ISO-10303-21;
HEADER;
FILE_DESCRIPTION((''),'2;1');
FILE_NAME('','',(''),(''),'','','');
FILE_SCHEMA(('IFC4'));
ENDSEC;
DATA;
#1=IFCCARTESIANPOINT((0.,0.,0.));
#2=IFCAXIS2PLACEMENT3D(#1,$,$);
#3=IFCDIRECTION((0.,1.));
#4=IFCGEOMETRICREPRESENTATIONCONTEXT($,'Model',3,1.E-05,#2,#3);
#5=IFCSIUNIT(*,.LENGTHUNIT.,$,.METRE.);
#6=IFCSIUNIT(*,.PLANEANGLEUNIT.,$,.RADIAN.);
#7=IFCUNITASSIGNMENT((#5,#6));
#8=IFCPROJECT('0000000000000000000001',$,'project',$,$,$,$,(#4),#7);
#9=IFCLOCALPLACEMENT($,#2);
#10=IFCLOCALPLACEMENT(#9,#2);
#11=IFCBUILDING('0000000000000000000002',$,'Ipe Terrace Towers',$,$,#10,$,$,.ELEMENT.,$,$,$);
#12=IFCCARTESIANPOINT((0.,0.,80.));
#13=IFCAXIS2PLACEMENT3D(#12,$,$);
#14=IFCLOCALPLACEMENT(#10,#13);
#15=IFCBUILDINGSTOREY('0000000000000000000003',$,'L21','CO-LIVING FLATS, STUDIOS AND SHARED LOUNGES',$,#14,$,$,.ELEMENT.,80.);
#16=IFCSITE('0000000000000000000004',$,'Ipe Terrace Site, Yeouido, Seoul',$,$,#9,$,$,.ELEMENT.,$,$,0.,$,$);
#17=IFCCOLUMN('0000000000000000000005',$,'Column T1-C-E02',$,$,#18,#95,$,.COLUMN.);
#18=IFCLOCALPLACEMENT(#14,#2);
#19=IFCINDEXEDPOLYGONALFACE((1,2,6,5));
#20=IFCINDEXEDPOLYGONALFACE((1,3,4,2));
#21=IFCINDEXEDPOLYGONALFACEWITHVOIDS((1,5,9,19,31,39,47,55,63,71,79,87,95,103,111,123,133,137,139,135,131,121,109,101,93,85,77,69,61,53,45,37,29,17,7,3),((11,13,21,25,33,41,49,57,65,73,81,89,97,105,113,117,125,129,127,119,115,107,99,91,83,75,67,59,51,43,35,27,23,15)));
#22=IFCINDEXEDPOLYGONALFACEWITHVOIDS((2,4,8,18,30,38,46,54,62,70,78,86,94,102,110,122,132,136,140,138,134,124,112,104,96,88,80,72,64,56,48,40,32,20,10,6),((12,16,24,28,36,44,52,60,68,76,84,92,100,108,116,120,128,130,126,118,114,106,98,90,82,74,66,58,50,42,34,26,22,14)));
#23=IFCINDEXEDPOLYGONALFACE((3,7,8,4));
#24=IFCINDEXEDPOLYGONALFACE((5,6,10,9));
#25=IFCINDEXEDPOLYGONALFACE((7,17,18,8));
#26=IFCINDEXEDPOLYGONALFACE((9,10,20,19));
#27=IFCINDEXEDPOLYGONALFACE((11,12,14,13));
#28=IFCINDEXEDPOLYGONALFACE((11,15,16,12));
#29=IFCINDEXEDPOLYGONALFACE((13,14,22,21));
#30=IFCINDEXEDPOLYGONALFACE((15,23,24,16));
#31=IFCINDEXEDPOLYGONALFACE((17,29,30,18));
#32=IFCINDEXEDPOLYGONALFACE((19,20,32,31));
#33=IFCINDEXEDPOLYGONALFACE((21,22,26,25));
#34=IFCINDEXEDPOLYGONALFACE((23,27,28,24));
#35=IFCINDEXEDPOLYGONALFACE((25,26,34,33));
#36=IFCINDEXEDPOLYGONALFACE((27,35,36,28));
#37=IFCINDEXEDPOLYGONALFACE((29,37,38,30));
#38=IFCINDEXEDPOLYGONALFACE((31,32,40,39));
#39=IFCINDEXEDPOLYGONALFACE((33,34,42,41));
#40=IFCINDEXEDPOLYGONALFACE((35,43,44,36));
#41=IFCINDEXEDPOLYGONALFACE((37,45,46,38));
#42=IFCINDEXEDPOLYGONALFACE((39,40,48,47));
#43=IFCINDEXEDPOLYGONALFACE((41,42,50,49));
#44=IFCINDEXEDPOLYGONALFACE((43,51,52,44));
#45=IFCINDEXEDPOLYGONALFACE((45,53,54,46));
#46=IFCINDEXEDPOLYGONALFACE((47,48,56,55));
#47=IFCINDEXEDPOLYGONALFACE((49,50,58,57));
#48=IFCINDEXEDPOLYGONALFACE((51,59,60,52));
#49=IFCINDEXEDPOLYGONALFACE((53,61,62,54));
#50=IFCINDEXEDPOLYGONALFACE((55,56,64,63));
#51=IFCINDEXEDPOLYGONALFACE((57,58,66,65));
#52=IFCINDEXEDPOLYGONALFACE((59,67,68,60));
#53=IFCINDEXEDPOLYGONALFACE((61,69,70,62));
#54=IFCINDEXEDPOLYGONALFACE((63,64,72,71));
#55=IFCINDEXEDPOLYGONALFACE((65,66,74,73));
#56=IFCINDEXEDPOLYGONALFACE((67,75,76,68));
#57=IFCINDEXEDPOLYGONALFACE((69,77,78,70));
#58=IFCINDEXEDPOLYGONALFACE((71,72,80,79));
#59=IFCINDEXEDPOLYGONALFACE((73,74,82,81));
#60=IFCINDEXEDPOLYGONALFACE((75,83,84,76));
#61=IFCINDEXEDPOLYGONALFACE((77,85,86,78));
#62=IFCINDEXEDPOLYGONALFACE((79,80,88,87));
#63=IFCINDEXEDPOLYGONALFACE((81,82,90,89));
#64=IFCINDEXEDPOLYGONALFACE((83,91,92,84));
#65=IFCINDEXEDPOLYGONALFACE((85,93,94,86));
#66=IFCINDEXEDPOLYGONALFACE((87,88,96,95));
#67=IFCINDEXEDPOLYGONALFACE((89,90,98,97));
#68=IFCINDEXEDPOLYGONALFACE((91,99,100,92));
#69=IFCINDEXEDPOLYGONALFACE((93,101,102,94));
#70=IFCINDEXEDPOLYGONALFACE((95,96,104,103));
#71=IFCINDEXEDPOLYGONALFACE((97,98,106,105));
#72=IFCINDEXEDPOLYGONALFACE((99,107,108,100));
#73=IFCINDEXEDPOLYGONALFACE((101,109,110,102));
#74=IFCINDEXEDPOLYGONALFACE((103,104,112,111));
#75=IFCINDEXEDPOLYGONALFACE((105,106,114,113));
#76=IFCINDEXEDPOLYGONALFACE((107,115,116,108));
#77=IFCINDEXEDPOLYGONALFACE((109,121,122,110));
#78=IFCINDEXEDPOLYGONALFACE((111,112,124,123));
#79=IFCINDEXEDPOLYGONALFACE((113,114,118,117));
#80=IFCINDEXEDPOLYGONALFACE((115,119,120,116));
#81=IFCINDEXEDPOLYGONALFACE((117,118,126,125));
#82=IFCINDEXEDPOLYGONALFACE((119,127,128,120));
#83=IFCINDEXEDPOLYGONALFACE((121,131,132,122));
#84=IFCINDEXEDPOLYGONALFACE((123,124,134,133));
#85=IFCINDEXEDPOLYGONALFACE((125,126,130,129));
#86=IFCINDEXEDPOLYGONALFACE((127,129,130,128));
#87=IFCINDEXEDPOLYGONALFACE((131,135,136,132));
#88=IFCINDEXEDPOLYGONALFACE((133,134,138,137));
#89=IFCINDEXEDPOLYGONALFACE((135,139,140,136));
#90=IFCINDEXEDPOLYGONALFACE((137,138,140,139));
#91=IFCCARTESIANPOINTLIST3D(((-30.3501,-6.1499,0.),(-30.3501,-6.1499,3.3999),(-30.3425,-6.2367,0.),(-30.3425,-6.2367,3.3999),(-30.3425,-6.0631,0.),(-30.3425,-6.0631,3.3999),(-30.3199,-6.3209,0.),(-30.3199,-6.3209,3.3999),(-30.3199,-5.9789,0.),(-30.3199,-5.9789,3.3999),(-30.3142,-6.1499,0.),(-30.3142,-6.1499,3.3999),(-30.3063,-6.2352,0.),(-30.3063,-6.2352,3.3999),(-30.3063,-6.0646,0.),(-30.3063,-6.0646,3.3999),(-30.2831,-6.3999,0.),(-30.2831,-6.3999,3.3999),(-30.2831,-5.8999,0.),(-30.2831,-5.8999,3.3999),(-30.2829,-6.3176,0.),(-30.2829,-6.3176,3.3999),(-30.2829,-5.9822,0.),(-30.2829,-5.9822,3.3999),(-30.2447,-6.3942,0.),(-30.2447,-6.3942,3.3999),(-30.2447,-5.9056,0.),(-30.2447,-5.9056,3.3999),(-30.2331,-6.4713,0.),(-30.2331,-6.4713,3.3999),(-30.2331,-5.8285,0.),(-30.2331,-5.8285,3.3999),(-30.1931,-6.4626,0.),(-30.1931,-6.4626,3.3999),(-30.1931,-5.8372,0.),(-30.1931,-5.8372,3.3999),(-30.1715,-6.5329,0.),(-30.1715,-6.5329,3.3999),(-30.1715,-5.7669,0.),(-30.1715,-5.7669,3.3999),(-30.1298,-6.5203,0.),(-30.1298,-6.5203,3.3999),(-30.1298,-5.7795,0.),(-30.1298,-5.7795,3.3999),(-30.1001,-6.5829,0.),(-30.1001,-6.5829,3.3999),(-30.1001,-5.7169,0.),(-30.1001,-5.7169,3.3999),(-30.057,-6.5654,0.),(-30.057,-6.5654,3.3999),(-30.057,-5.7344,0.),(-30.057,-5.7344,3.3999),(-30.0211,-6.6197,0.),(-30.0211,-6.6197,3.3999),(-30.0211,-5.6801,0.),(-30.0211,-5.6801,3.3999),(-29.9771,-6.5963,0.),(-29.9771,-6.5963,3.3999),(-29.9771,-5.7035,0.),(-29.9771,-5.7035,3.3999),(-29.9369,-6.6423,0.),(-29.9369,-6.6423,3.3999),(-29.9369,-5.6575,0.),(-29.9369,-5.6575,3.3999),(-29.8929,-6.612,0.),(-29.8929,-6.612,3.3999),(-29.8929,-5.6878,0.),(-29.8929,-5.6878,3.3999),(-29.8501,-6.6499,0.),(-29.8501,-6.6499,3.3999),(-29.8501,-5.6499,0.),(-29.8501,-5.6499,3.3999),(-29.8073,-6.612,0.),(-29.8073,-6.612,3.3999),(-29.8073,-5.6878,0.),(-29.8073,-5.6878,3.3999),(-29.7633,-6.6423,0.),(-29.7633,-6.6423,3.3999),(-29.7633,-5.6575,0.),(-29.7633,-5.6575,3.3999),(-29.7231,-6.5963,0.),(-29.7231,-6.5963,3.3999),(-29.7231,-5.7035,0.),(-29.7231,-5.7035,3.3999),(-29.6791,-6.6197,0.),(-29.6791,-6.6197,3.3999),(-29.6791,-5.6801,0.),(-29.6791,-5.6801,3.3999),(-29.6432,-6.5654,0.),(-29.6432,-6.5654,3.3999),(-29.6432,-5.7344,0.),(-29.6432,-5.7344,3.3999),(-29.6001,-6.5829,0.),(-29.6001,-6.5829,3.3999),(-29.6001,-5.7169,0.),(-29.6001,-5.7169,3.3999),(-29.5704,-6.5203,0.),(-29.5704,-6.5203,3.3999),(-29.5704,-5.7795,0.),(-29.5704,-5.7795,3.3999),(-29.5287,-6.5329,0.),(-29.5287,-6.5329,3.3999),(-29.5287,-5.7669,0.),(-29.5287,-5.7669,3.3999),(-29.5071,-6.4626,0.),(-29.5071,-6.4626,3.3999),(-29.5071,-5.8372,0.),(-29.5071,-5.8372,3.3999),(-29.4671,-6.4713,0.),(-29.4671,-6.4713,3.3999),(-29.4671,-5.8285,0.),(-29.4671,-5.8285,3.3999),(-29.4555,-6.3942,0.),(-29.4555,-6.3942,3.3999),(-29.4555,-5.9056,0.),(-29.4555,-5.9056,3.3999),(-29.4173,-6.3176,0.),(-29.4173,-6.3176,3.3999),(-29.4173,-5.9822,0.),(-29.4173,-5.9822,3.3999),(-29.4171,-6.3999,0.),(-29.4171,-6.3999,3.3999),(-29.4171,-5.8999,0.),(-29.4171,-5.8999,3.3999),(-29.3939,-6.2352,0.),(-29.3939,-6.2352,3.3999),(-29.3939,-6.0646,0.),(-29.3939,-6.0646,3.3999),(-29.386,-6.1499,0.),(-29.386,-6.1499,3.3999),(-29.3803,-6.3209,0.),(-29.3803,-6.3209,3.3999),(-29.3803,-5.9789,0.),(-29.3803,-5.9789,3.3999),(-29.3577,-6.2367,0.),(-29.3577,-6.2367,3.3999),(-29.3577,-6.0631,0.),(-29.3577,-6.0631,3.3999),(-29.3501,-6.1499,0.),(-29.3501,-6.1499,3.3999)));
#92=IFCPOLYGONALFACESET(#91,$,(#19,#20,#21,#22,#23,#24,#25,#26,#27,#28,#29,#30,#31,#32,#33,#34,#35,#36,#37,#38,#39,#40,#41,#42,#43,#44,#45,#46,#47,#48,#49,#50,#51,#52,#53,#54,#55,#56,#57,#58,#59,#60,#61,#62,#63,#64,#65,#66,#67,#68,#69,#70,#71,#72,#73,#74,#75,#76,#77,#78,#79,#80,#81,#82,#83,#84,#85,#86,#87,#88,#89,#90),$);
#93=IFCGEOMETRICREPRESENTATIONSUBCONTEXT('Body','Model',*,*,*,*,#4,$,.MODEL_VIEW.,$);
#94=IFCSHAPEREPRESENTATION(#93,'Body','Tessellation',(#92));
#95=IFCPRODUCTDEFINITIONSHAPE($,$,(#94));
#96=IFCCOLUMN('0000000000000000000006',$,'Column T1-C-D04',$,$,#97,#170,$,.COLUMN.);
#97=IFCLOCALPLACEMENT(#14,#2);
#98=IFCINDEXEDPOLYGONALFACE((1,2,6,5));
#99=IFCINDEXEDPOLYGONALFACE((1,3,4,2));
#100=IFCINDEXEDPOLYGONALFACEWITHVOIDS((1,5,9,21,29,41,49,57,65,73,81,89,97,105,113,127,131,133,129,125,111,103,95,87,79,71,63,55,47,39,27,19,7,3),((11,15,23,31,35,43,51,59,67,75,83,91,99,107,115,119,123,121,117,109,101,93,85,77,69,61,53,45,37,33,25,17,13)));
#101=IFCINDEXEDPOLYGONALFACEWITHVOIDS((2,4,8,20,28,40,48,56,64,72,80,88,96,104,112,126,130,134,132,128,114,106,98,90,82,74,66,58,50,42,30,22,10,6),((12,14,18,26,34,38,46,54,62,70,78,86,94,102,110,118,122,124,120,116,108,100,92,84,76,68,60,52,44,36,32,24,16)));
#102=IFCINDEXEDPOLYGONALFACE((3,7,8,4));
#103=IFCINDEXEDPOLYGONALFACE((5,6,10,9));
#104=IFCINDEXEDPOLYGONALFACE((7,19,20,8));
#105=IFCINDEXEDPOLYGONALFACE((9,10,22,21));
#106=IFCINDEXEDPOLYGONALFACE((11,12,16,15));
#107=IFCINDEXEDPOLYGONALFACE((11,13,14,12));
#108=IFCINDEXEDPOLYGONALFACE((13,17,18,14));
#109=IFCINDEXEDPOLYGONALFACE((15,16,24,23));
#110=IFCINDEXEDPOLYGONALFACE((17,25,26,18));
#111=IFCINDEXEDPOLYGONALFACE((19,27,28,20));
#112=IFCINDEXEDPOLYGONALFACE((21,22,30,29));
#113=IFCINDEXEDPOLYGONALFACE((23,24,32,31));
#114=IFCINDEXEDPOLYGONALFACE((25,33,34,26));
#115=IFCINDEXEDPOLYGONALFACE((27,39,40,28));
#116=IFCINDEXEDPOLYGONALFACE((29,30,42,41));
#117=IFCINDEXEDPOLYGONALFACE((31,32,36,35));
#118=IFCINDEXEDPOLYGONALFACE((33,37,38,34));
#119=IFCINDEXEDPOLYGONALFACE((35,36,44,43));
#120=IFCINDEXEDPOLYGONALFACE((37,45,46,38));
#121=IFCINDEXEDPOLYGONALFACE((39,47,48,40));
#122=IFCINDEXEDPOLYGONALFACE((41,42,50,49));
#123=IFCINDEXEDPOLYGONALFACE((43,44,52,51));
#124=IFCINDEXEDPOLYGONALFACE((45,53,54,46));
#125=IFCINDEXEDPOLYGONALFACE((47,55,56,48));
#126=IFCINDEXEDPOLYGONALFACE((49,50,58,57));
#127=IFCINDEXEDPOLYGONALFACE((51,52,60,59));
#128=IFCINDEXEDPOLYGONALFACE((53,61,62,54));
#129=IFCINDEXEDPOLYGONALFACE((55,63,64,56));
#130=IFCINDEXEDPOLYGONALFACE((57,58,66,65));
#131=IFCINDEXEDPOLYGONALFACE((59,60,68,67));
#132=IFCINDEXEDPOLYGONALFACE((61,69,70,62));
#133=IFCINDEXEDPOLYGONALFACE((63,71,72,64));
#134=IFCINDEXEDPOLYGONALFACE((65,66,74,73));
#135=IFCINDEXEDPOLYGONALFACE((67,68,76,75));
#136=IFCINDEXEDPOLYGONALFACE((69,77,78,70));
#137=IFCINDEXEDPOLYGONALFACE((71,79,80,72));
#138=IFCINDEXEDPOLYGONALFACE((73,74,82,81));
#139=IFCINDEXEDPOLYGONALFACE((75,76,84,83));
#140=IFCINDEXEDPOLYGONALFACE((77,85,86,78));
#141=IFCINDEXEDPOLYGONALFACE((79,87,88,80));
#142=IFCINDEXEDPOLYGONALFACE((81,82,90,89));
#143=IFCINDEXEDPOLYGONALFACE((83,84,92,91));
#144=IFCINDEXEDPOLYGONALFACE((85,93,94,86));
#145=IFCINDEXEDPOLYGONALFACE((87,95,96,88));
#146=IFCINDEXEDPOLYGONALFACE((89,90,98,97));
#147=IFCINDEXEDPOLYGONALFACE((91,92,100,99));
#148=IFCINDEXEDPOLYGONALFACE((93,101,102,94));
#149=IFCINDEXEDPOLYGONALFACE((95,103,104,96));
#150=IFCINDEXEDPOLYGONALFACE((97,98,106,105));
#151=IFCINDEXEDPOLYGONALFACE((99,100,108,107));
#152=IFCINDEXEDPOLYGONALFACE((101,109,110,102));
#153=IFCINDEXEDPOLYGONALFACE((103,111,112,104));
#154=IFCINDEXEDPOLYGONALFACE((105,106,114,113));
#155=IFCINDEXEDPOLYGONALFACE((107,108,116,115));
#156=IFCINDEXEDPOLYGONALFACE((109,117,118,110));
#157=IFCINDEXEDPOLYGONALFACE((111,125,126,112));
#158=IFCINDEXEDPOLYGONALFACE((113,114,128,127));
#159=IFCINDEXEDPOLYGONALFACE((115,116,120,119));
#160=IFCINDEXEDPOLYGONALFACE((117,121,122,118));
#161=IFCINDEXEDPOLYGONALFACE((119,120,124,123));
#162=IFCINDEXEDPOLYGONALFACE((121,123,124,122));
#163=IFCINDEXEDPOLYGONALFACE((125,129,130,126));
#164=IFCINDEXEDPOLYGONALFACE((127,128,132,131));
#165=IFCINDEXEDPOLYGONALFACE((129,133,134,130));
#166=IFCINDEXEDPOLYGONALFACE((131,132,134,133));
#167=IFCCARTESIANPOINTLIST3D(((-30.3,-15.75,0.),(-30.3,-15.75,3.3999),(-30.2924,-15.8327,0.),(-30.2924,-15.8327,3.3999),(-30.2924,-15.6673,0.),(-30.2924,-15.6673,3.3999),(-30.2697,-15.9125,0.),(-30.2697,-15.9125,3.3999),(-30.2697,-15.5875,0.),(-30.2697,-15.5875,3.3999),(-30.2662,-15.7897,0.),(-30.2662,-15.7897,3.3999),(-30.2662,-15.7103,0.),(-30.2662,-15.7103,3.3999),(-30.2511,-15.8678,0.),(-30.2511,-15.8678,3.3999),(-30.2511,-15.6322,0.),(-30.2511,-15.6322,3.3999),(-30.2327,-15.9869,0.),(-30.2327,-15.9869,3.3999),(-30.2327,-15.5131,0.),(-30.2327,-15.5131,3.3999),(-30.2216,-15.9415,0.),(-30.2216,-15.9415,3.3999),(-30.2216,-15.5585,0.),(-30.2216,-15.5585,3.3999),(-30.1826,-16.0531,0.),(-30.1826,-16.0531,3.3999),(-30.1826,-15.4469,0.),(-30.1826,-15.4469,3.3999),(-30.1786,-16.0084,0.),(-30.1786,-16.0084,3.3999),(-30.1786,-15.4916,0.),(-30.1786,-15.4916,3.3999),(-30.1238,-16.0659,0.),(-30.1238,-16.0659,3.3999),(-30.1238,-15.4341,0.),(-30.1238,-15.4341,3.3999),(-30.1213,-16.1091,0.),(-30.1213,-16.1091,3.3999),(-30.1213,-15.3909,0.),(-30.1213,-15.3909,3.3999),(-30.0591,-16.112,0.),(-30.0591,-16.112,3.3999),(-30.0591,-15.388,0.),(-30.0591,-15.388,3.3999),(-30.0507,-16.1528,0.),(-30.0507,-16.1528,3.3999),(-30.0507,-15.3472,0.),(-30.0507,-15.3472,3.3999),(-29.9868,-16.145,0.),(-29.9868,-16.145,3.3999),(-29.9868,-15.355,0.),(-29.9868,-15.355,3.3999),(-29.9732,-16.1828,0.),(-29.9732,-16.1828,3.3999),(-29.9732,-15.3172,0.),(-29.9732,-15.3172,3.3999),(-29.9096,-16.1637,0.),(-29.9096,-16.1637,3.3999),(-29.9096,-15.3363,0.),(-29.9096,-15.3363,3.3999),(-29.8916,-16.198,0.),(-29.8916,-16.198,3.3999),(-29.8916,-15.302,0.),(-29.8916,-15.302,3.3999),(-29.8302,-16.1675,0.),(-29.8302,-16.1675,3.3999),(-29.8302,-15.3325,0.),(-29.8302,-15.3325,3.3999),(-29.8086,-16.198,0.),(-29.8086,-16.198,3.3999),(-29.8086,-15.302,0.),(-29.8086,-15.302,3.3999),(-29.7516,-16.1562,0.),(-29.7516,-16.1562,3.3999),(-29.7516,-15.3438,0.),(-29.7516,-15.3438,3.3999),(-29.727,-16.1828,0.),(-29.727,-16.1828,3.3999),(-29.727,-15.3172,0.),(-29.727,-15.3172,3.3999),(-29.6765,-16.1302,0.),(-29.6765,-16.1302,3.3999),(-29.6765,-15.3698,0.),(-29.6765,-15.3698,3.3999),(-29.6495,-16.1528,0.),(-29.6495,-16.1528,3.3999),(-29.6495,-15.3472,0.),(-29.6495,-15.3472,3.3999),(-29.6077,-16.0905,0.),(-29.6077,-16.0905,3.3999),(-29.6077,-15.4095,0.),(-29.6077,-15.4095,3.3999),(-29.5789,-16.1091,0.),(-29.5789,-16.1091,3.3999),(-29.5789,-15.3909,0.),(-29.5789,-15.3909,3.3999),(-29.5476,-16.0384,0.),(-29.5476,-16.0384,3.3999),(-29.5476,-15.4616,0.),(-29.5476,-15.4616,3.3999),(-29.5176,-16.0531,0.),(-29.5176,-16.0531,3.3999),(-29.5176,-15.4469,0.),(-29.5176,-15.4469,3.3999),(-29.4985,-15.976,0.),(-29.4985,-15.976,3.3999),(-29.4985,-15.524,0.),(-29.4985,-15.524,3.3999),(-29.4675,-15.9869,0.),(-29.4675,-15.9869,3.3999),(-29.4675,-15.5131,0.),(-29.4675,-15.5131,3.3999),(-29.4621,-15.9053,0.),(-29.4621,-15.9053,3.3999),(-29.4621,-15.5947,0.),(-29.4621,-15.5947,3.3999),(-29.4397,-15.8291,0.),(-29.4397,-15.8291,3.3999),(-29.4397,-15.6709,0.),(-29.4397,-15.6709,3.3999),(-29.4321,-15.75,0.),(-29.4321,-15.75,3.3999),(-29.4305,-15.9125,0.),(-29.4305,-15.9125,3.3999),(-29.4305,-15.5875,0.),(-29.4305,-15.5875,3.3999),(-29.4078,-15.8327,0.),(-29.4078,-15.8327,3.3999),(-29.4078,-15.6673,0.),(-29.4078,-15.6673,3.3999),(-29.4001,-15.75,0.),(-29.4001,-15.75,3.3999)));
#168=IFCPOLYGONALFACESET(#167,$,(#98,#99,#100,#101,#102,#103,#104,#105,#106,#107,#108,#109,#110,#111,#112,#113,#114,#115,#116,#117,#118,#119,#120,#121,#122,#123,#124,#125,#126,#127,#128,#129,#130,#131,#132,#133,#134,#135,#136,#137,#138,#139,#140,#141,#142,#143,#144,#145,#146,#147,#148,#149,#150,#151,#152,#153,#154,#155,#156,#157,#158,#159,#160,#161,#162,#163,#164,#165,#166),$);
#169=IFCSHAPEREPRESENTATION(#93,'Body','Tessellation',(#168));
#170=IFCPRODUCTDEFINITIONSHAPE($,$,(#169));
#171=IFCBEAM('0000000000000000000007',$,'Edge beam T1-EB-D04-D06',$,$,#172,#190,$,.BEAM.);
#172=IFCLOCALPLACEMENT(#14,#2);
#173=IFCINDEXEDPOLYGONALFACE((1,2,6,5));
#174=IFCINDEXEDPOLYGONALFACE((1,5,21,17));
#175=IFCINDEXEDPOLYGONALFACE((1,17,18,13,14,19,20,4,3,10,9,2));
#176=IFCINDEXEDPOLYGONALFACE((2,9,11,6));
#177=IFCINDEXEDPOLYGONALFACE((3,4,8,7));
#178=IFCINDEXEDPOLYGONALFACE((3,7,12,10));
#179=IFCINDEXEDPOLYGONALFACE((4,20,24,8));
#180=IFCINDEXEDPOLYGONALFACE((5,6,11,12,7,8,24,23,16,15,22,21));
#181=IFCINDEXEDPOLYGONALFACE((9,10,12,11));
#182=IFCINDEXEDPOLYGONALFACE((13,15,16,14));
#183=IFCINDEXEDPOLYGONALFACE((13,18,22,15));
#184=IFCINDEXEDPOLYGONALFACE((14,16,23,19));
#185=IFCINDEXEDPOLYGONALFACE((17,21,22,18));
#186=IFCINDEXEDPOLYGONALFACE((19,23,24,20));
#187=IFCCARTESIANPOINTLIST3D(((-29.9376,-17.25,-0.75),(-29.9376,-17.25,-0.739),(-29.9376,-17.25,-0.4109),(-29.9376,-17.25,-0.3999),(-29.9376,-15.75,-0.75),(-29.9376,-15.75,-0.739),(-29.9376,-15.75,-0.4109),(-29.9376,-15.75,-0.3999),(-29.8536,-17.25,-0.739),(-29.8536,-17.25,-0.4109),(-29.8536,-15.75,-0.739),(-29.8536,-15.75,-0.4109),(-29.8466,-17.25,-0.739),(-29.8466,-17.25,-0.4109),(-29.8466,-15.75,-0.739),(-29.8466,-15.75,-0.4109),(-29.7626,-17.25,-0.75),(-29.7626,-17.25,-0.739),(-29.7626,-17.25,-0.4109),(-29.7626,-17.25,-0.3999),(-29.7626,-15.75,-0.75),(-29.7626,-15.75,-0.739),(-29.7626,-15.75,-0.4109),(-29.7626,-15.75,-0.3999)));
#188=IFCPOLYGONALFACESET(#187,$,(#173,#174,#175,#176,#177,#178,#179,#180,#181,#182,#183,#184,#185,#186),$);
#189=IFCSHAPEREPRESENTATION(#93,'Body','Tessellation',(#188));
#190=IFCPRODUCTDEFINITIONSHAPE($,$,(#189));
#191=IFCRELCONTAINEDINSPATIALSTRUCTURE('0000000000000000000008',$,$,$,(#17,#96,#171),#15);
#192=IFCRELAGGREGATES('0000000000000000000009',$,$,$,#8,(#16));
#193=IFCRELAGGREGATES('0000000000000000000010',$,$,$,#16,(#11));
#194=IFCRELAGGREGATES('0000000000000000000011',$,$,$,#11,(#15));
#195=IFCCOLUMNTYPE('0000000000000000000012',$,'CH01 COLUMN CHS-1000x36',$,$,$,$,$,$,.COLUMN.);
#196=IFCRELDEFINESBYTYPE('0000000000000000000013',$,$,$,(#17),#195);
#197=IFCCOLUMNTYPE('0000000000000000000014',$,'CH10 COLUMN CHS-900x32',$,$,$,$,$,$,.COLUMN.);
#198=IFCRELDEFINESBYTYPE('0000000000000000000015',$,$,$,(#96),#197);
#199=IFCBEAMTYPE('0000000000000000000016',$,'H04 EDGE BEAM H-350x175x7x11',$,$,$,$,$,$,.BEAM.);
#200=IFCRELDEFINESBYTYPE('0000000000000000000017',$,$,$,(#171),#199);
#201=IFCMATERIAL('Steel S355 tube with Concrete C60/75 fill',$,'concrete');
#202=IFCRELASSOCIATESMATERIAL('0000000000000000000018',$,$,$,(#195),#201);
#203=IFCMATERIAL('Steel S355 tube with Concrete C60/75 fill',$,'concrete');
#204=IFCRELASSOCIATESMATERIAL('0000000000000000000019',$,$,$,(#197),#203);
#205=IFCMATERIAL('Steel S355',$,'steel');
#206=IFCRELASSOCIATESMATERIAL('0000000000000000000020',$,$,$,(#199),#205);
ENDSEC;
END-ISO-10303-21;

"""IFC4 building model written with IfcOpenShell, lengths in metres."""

from ifc_helpers import new_model, si_unit, direction, frame, origin, origin_2d, place, context, subcontext, project, spatial, hollow_circle, i_section, extrude, material, material_profile, profile_set, type_object, element, save


model = new_model("IFC4")

# Units and contexts
model_context = context("Model", 3, precision=1e-05, world=origin(), true_north=direction((0.0, 1.0)))
body_context = subcontext(model_context, "Body", "Model", "MODEL_VIEW")
ifc_project = project(units=[si_unit("LENGTHUNIT", "METRE"), si_unit("PLANEANGLEUNIT", "RADIAN")], contexts=[model_context])

# Site, building, storey
site_placement = place(None, origin())
site = spatial("IfcSite", under=ifc_project, at=site_placement, Name="Ipe Terrace Site, Yeouido, Seoul", CompositionType="ELEMENT", RefElevation=0.0)
building_placement = place(site_placement, origin())
building = spatial("IfcBuilding", under=site, at=building_placement, Name="Ipe Terrace Towers", CompositionType="ELEMENT")
storey_placement = place(building_placement, frame((0.0, 0.0, 80.0)))
storey = spatial("IfcBuildingStorey", under=building, at=storey_placement, Name="L21", Description="CO-LIVING FLATS, STUDIOS AND SHARED LOUNGES", CompositionType="ELEMENT", Elevation=80.0)

# Columns
ifc_material_1 = material(Name="Steel S355 tube with Concrete C60/75 fill", Category="concrete")
ifc_material_profile_1 = material_profile(ifc_material_1, hollow_circle(Radius=0.5, WallThickness=0.0359, at=origin_2d()), Name="CHS-1000x36")
ifc_profile_set_1 = profile_set([ifc_material_profile_1], Name="Steel S355 tube with Concrete C60/75 fill")
column_type_1 = type_object("IfcColumnType", Name="CH01 COLUMN CHS-1000x36", PredefinedType="COLUMN", material=ifc_profile_set_1)
column_1_placement = place(storey_placement, frame((-29.8501, -6.1499, 0.0), z_axis=(0.0, 0.0, 1.0), x_axis=(1.0, 0.0, 0.0)))
element("IfcColumn", 1, at=column_1_placement, inside=storey, type_object=column_type_1, Name="Column T1-C-E02", PredefinedType="COLUMN", context=body_context, shape_type="SweptSolid", body=[
    extrude(hollow_circle(Radius=0.5, WallThickness=0.0359, at=origin_2d()), origin(), (0.0, 0.0, 1.0), 3.3999),
])
ifc_material_2 = material(Name="Steel S355 tube with Concrete C60/75 fill", Category="concrete")
ifc_material_profile_2 = material_profile(ifc_material_2, hollow_circle(Radius=0.45, WallThickness=0.032, at=origin_2d()), Name="CHS-900x32")
ifc_profile_set_2 = profile_set([ifc_material_profile_2], Name="Steel S355 tube with Concrete C60/75 fill")
column_type_2 = type_object("IfcColumnType", Name="CH10 COLUMN CHS-900x32", PredefinedType="COLUMN", material=ifc_profile_set_2)
column_2_placement = place(storey_placement, frame((-29.8501, -15.75, 0.0), z_axis=(0.0, 0.0, 1.0), x_axis=(1.0, 0.0, 0.0)))
element("IfcColumn", 2, at=column_2_placement, inside=storey, type_object=column_type_2, Name="Column T1-C-D04", PredefinedType="COLUMN", context=body_context, shape_type="SweptSolid", body=[
    extrude(hollow_circle(Radius=0.45, WallThickness=0.032, at=origin_2d()), origin(), (0.0, 0.0, 1.0), 3.3999),
])

# Beam
ifc_material_3 = material(Name="Steel S355", Category="steel")
ifc_material_profile_3 = material_profile(ifc_material_3, i_section(OverallWidth=0.175, OverallDepth=0.3501, WebThickness=0.0071, FlangeThickness=0.011, at=origin_2d()), Name="H-350x175x7x11")
ifc_profile_set_3 = profile_set([ifc_material_profile_3], Name="Steel S355")
beam_type = type_object("IfcBeamType", Name="H04 EDGE BEAM H-350x175x7x11", PredefinedType="BEAM", material=ifc_profile_set_3)
beam_placement = place(storey_placement, frame((-29.8501, -15.75, -0.575), z_axis=(0.0, -1.0, 0.0), x_axis=(1.0, 0.0, 0.0)))
element("IfcBeam", 3, at=beam_placement, inside=storey, type_object=beam_type, Name="Edge beam T1-EB-D04-D06", PredefinedType="BEAM", context=body_context, shape_type="SweptSolid", body=[
    extrude(i_section(OverallWidth=0.175, OverallDepth=0.3501, WebThickness=0.0071, FlangeThickness=0.011, at=origin_2d()), origin(), (0.0, 0.0, 1.0), 1.5),
])

save(model, "model.ifc")
